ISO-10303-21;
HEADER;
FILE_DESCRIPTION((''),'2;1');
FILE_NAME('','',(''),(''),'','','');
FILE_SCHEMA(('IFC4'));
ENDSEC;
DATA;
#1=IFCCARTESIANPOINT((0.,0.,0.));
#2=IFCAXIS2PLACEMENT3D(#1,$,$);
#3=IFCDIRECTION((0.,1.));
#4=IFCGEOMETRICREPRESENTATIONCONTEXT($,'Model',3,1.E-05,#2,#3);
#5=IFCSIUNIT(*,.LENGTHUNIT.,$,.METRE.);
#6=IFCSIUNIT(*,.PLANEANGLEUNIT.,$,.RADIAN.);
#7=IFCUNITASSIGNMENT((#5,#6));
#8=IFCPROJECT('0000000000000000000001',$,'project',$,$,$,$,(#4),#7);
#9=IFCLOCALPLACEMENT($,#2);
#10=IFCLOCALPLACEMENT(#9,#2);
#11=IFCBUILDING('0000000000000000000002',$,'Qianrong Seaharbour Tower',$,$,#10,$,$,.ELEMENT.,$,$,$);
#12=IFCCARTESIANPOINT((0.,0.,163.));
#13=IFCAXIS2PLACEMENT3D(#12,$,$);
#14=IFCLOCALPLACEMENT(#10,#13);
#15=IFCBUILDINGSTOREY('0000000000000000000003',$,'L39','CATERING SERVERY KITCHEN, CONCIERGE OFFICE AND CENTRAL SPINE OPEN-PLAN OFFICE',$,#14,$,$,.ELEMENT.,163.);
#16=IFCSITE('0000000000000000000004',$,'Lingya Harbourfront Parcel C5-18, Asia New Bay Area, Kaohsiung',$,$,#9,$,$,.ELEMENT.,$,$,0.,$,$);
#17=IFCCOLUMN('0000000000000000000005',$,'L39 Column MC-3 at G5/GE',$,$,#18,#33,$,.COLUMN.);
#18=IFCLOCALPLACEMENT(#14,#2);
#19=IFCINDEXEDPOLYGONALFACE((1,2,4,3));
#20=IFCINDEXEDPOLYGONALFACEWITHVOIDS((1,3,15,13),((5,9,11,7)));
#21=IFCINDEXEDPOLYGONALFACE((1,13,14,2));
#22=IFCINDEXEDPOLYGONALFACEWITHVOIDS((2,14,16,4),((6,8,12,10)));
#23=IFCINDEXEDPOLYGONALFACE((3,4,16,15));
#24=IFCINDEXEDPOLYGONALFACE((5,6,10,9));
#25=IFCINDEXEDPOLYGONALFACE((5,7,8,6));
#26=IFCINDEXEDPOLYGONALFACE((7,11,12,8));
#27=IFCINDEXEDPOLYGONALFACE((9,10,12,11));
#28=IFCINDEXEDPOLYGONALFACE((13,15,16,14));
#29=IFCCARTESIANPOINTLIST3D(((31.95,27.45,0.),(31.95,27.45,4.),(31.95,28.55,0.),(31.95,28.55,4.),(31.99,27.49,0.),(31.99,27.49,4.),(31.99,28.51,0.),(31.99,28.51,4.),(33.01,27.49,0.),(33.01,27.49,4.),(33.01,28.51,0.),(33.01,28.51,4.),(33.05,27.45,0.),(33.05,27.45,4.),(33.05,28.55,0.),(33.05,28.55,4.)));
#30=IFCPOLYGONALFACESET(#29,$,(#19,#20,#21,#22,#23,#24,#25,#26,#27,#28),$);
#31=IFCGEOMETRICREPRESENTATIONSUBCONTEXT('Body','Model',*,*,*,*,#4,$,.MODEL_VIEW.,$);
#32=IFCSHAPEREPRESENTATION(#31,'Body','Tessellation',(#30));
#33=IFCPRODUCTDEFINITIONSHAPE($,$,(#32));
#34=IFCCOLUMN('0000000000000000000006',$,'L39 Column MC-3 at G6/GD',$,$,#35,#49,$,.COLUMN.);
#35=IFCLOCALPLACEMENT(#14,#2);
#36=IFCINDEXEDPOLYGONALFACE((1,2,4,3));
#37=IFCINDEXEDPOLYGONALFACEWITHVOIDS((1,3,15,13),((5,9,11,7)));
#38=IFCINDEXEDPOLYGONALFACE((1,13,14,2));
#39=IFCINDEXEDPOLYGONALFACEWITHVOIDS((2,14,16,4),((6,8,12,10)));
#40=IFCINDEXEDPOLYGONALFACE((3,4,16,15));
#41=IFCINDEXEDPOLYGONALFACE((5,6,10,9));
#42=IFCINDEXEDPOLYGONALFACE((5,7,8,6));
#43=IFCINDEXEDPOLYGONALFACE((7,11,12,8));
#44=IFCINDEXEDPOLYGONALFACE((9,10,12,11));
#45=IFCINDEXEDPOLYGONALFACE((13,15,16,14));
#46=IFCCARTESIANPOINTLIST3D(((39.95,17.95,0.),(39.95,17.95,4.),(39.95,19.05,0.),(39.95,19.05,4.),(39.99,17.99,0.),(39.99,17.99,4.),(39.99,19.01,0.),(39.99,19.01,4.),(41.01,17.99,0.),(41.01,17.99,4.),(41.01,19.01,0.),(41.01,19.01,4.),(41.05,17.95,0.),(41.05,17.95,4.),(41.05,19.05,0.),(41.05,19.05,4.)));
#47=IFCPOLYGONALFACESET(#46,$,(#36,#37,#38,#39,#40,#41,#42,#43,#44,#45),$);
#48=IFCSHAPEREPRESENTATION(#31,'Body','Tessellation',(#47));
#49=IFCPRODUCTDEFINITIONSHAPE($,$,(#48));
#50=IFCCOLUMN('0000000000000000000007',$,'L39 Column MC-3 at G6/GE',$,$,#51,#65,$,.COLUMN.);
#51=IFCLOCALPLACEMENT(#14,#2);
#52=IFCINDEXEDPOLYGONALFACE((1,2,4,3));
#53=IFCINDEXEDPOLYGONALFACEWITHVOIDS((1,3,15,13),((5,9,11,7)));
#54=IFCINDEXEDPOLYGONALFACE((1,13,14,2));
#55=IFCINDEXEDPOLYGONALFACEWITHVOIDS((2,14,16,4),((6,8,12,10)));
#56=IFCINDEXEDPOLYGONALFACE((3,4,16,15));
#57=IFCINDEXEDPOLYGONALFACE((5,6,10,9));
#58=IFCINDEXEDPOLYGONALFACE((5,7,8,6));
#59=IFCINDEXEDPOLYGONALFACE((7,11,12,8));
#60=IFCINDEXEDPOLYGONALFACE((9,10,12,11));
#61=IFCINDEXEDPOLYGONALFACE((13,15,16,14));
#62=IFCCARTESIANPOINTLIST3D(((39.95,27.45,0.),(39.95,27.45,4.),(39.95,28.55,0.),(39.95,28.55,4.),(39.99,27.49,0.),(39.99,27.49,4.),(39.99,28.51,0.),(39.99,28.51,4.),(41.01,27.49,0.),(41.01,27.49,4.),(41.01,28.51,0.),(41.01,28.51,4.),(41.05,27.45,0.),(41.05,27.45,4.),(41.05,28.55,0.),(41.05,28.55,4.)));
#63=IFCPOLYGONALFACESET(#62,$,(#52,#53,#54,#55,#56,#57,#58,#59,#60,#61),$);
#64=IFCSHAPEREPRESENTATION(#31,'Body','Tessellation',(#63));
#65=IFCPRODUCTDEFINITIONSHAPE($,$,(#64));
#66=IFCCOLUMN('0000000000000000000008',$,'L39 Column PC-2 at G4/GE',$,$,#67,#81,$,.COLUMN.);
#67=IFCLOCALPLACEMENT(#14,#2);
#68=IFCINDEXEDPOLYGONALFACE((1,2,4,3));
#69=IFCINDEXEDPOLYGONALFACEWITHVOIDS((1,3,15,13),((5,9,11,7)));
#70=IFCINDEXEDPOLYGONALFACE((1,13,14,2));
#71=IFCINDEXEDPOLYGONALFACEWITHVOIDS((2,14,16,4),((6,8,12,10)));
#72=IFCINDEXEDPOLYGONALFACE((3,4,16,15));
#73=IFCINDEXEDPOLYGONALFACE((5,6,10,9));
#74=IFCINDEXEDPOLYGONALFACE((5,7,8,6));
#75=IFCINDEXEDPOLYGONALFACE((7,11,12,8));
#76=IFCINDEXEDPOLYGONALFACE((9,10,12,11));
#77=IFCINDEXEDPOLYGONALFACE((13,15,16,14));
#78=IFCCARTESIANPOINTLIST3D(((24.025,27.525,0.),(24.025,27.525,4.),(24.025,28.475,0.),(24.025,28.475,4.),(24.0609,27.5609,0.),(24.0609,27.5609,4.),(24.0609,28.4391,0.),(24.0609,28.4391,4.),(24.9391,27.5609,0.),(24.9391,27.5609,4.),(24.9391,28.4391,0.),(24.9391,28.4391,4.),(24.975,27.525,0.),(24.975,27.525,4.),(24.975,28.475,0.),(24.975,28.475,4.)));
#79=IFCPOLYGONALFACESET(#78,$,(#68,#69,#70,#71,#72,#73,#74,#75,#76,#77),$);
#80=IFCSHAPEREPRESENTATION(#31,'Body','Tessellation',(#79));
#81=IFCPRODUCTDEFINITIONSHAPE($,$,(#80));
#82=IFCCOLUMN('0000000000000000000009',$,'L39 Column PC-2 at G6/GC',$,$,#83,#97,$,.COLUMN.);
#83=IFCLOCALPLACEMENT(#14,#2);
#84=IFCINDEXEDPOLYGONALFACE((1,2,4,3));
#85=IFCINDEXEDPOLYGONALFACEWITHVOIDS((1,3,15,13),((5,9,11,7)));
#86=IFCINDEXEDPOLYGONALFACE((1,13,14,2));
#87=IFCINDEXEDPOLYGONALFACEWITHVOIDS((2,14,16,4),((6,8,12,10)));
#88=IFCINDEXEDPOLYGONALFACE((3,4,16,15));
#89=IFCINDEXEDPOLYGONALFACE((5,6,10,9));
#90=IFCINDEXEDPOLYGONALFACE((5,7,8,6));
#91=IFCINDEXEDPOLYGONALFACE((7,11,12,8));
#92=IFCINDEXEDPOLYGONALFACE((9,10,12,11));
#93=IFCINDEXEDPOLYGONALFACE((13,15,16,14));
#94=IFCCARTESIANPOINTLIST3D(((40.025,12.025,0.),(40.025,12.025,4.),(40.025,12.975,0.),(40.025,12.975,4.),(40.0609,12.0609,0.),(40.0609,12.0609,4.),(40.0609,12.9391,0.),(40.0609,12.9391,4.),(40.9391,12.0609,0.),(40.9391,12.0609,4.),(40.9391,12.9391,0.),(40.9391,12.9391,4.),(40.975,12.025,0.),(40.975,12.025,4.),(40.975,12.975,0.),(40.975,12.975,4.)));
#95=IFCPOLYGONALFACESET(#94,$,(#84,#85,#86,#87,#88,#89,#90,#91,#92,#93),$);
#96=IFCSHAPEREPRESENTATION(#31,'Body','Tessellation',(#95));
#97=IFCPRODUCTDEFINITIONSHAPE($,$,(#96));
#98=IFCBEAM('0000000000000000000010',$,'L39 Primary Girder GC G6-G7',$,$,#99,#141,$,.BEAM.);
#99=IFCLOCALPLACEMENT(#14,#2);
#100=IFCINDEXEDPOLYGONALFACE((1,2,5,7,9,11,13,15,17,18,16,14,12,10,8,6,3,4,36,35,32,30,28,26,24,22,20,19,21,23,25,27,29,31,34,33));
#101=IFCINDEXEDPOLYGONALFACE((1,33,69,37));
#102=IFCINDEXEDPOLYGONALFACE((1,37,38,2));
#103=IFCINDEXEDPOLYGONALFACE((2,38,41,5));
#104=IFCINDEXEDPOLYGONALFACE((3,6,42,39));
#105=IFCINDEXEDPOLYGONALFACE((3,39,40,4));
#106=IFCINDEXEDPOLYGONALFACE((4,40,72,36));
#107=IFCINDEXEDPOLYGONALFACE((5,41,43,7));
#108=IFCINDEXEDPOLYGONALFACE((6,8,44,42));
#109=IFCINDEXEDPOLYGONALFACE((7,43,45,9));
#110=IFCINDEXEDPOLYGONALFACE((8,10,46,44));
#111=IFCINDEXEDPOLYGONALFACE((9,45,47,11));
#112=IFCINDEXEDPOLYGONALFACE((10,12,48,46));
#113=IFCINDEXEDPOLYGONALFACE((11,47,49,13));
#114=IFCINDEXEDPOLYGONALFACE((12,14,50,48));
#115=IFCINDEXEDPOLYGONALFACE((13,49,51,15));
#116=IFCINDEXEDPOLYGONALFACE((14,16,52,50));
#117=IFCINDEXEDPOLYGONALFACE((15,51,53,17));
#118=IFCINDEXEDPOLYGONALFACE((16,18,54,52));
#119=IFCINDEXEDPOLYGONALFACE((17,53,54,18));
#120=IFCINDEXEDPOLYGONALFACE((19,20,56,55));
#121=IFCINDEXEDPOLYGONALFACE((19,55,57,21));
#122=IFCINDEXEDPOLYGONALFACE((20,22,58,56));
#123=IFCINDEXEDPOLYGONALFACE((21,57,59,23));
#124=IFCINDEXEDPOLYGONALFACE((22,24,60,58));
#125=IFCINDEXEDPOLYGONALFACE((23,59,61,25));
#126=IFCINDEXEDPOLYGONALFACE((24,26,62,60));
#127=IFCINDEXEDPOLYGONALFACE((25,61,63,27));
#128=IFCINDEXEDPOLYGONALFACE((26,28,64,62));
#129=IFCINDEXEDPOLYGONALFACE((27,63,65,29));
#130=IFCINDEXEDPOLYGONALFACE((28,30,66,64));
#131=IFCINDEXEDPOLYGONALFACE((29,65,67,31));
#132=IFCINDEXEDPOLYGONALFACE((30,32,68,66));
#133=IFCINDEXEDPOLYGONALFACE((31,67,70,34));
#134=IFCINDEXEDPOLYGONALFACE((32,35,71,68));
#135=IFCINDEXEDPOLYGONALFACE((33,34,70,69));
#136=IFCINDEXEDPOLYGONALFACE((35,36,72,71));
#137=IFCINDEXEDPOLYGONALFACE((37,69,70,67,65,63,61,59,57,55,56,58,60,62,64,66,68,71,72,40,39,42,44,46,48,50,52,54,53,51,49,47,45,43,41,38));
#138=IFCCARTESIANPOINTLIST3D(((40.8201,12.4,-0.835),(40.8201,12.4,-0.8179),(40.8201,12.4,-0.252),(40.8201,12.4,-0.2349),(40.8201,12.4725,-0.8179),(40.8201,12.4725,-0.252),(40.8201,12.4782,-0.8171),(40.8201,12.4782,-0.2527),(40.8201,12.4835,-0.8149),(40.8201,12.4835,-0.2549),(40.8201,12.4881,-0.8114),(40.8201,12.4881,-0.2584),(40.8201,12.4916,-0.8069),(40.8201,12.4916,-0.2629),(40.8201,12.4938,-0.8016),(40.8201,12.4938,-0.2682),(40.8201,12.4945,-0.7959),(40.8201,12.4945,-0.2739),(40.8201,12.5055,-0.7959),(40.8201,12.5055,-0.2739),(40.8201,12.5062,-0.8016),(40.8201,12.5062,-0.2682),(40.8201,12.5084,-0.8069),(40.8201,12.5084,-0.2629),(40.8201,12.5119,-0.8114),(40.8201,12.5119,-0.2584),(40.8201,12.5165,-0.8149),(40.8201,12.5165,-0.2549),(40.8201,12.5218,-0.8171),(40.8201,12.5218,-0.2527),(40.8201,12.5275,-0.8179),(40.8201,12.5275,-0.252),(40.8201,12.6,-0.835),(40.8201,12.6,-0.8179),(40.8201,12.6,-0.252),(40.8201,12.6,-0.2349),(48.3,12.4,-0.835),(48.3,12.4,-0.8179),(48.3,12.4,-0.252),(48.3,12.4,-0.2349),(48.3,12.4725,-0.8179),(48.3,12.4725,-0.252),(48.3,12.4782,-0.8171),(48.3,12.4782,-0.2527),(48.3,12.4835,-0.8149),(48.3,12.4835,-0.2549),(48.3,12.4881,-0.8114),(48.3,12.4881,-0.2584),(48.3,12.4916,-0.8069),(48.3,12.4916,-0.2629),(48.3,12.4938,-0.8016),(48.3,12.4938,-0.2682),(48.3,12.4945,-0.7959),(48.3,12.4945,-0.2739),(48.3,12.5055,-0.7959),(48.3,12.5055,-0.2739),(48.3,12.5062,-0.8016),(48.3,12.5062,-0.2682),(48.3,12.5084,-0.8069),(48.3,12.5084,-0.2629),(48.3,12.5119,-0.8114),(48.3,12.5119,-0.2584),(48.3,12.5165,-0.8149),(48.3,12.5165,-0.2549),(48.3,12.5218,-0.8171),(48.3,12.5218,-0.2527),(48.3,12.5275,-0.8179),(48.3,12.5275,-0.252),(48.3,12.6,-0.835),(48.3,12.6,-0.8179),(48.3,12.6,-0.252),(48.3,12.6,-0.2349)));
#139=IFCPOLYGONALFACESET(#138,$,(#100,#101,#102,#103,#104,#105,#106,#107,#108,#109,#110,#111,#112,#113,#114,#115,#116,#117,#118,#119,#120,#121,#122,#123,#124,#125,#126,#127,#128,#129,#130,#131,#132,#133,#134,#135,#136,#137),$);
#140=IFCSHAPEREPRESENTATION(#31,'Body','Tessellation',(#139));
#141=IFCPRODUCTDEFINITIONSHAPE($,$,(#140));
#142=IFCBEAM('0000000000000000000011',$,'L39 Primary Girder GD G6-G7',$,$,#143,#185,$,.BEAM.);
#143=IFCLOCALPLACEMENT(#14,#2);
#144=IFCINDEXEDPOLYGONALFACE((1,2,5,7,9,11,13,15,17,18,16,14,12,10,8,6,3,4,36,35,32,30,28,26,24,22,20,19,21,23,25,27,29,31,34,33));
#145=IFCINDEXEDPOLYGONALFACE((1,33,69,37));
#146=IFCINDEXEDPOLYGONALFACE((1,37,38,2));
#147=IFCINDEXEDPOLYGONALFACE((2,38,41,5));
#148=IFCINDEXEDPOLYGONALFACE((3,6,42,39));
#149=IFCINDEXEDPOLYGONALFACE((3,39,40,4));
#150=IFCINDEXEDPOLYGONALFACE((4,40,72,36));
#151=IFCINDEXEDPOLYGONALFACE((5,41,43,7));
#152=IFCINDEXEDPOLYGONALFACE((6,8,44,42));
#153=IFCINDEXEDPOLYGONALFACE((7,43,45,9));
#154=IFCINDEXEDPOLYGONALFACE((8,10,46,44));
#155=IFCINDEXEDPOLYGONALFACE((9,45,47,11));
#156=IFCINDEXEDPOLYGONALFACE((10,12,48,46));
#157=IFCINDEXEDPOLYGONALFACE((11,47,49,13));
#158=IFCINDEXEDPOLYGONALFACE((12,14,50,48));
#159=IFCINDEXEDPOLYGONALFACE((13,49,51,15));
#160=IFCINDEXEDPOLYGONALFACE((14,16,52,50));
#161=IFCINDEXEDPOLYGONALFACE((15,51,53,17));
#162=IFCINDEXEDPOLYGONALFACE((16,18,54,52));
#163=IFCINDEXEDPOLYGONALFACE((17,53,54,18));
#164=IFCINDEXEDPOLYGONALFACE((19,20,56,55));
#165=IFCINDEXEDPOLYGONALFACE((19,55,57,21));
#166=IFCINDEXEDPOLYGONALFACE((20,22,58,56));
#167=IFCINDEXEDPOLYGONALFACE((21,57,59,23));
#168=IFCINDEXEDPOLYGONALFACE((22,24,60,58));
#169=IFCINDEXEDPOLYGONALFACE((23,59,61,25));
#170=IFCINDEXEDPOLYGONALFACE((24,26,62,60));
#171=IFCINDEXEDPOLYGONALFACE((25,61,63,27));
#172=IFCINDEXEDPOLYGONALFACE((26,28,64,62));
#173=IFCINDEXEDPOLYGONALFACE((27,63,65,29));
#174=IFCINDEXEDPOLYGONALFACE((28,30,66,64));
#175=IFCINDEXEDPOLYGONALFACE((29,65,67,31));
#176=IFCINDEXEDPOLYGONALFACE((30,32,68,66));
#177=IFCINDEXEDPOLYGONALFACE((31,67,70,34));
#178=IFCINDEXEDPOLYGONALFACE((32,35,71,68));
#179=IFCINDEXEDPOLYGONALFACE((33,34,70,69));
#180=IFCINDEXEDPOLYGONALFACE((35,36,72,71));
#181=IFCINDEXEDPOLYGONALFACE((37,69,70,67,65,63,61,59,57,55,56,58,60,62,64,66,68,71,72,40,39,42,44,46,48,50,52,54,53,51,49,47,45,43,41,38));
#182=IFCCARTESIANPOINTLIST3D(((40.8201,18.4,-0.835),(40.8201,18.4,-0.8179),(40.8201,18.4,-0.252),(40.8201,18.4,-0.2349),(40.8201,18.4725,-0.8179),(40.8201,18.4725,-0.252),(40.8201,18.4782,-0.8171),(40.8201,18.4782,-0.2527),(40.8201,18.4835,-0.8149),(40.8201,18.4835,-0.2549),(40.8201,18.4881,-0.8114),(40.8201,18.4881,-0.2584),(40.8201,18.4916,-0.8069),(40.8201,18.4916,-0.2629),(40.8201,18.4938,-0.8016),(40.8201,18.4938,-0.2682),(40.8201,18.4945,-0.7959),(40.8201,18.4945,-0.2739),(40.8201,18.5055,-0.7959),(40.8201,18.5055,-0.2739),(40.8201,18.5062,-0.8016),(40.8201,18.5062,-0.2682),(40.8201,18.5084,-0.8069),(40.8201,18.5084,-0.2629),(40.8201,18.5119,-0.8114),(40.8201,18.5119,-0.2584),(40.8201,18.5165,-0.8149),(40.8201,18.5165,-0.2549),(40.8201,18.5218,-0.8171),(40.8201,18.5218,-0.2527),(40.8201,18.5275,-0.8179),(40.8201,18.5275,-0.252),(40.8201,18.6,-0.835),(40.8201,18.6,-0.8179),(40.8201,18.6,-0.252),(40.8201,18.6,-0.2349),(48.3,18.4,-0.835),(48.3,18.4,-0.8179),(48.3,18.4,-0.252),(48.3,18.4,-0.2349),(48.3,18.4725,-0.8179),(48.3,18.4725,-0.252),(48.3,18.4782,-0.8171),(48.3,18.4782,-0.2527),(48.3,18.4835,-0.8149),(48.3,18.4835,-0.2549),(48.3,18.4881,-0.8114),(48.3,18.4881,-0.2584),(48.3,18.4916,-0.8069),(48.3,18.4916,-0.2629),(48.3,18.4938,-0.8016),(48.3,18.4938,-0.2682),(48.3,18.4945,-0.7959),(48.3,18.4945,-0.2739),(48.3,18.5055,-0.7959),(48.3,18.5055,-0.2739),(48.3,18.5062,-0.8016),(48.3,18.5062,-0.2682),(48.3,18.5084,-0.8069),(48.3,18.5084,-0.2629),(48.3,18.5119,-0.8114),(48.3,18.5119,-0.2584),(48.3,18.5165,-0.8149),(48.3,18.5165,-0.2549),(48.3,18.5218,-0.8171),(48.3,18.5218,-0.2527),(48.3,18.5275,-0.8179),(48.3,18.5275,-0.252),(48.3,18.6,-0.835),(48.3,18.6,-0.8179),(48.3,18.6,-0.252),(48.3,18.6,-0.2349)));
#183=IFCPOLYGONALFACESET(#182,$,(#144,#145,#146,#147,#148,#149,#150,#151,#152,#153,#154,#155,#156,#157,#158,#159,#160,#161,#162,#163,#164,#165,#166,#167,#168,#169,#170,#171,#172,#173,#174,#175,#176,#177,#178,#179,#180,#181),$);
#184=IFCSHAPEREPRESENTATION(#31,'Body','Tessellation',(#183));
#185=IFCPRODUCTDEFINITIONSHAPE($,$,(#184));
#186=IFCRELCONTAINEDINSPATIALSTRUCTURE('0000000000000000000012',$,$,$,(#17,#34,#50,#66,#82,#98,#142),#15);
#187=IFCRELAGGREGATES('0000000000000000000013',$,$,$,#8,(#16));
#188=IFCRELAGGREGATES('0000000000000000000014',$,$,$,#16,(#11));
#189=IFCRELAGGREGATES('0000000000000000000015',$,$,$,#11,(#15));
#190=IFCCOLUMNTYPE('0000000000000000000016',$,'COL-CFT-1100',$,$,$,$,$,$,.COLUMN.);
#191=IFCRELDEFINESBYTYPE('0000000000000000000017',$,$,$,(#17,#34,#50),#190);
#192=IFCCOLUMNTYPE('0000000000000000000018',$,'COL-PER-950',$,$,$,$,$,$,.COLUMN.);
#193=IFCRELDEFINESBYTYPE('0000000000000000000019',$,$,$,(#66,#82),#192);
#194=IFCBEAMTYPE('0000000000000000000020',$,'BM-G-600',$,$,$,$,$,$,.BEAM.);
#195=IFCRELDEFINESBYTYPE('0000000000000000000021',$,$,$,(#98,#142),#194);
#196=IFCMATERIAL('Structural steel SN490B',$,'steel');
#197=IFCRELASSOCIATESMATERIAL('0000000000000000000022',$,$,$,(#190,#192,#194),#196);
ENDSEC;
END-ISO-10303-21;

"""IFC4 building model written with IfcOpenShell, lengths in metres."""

from ifc_helpers import new_model, si_unit, direction, frame, origin, origin_2d, place, context, subcontext, project, spatial, hollow_rectangle, i_section, extrude, material, material_profile, profile_set, type_object, element, save


model = new_model("IFC4")

# Units and contexts
model_context = context("Model", 3, precision=1e-05, world=origin(), true_north=direction((0.0, 1.0)))
body_context = subcontext(model_context, "Body", "Model", "MODEL_VIEW")
ifc_project = project(units=[si_unit("LENGTHUNIT", "METRE"), si_unit("PLANEANGLEUNIT", "RADIAN")], contexts=[model_context])

# Site, building, storey
site_placement = place(None, origin())
site = spatial("IfcSite", under=ifc_project, at=site_placement, Name="Lingya Harbourfront Parcel C5-18, Asia New Bay Area, Kaohsiung", CompositionType="ELEMENT", RefElevation=0.0)
building_placement = place(site_placement, origin())
building = spatial("IfcBuilding", under=site, at=building_placement, Name="Qianrong Seaharbour Tower", CompositionType="ELEMENT")
storey_placement = place(building_placement, frame((0.0, 0.0, 163.0)))
storey = spatial("IfcBuildingStorey", under=building, at=storey_placement, Name="L39", Description="CATERING SERVERY KITCHEN, CONCIERGE OFFICE AND CENTRAL SPINE OPEN-PLAN OFFICE", CompositionType="ELEMENT", Elevation=163.0)

# Columns
ifc_material_1 = material(Name="Structural steel SN490B", Category="steel")
ifc_material_profile_1 = material_profile(ifc_material_1, hollow_rectangle(XDim=1.1001, YDim=1.1001, WallThickness=0.04, at=origin_2d()), Name="BOX1100x1100x40")
ifc_profile_set_1 = profile_set([ifc_material_profile_1], Name="Structural steel SN490B")
column_type_1 = type_object("IfcColumnType", Name="COL-CFT-1100", PredefinedType="COLUMN", material=ifc_profile_set_1)
for number, where, z_axis, x_axis, name in (
    (1, (32.5, 28.0, 0.0), (0.0, 0.0, 1.0), (1.0, 0.0, 0.0), "L39 Column MC-3 at G5/GE"),
    (2, (40.5, 18.5, 0.0), (0.0, 0.0, 1.0), (1.0, 0.0, 0.0), "L39 Column MC-3 at G6/GD"),
    (3, (40.5, 28.0, 0.0), (0.0, 0.0, 1.0), (1.0, 0.0, 0.0), "L39 Column MC-3 at G6/GE"),
):
    element("IfcColumn", number, at=place(storey_placement, frame(where, z_axis=z_axis, x_axis=x_axis)), inside=storey, type_object=column_type_1, Name=name, PredefinedType="COLUMN", context=body_context, shape_type="SweptSolid", body=[
        extrude(hollow_rectangle(XDim=1.1001, YDim=1.1001, WallThickness=0.04, at=origin_2d()), origin(), (0.0, 0.0, 1.0), 4.0),
    ])
ifc_material_profile_2 = material_profile(ifc_material_1, hollow_rectangle(XDim=0.95, YDim=0.95, WallThickness=0.0359, at=origin_2d()), Name="BOX950x950x36")
ifc_profile_set_2 = profile_set([ifc_material_profile_2], Name="Structural steel SN490B")
column_type_2 = type_object("IfcColumnType", Name="COL-PER-950", PredefinedType="COLUMN", material=ifc_profile_set_2)
for number, where, z_axis, x_axis, name in (
    (4, (24.5, 28.0, 0.0), (0.0, 0.0, 1.0), (1.0, 0.0, 0.0), "L39 Column PC-2 at G4/GE"),
    (5, (40.5, 12.5, 0.0), (0.0, 0.0, 1.0), (1.0, 0.0, 0.0), "L39 Column PC-2 at G6/GC"),
):
    element("IfcColumn", number, at=place(storey_placement, frame(where, z_axis=z_axis, x_axis=x_axis)), inside=storey, type_object=column_type_2, Name=name, PredefinedType="COLUMN", context=body_context, shape_type="SweptSolid", body=[
        extrude(hollow_rectangle(XDim=0.95, YDim=0.95, WallThickness=0.0359, at=origin_2d()), origin(), (0.0, 0.0, 1.0), 4.0),
    ])

# Beams
ifc_material_profile_3 = material_profile(ifc_material_1, i_section(OverallWidth=0.2, OverallDepth=0.6001, WebThickness=0.011, FlangeThickness=0.0171, FilletRadius=0.022, at=origin_2d()), Name="H600x200x11x17")
ifc_profile_set_3 = profile_set([ifc_material_profile_3], Name="Structural steel SN490B")
beam_type_1 = type_object("IfcBeamType", Name="BM-G-600", PredefinedType="BEAM", material=ifc_profile_set_3)
for number, where, z_axis, x_axis, name in (
    (6, (40.8201, 12.5, -0.5349), (1.0, 0.0, 0.0), (0.0, 1.0, 0.0), "L39 Primary Girder GC G6-G7"),
    (7, (40.8201, 18.5, -0.5349), (1.0, 0.0, 0.0), (0.0, 1.0, 0.0), "L39 Primary Girder GD G6-G7"),
):
    element("IfcBeam", number, at=place(storey_placement, frame(where, z_axis=z_axis, x_axis=x_axis)), inside=storey, type_object=beam_type_1, Name=name, PredefinedType="BEAM", context=body_context, shape_type="SweptSolid", body=[
        extrude(i_section(OverallWidth=0.2, OverallDepth=0.6001, WebThickness=0.011, FlangeThickness=0.0171, FilletRadius=0.022, at=origin_2d()), origin(), (0.0, 0.0, 1.0), 7.48),
    ])

save(model, "model.ifc")
